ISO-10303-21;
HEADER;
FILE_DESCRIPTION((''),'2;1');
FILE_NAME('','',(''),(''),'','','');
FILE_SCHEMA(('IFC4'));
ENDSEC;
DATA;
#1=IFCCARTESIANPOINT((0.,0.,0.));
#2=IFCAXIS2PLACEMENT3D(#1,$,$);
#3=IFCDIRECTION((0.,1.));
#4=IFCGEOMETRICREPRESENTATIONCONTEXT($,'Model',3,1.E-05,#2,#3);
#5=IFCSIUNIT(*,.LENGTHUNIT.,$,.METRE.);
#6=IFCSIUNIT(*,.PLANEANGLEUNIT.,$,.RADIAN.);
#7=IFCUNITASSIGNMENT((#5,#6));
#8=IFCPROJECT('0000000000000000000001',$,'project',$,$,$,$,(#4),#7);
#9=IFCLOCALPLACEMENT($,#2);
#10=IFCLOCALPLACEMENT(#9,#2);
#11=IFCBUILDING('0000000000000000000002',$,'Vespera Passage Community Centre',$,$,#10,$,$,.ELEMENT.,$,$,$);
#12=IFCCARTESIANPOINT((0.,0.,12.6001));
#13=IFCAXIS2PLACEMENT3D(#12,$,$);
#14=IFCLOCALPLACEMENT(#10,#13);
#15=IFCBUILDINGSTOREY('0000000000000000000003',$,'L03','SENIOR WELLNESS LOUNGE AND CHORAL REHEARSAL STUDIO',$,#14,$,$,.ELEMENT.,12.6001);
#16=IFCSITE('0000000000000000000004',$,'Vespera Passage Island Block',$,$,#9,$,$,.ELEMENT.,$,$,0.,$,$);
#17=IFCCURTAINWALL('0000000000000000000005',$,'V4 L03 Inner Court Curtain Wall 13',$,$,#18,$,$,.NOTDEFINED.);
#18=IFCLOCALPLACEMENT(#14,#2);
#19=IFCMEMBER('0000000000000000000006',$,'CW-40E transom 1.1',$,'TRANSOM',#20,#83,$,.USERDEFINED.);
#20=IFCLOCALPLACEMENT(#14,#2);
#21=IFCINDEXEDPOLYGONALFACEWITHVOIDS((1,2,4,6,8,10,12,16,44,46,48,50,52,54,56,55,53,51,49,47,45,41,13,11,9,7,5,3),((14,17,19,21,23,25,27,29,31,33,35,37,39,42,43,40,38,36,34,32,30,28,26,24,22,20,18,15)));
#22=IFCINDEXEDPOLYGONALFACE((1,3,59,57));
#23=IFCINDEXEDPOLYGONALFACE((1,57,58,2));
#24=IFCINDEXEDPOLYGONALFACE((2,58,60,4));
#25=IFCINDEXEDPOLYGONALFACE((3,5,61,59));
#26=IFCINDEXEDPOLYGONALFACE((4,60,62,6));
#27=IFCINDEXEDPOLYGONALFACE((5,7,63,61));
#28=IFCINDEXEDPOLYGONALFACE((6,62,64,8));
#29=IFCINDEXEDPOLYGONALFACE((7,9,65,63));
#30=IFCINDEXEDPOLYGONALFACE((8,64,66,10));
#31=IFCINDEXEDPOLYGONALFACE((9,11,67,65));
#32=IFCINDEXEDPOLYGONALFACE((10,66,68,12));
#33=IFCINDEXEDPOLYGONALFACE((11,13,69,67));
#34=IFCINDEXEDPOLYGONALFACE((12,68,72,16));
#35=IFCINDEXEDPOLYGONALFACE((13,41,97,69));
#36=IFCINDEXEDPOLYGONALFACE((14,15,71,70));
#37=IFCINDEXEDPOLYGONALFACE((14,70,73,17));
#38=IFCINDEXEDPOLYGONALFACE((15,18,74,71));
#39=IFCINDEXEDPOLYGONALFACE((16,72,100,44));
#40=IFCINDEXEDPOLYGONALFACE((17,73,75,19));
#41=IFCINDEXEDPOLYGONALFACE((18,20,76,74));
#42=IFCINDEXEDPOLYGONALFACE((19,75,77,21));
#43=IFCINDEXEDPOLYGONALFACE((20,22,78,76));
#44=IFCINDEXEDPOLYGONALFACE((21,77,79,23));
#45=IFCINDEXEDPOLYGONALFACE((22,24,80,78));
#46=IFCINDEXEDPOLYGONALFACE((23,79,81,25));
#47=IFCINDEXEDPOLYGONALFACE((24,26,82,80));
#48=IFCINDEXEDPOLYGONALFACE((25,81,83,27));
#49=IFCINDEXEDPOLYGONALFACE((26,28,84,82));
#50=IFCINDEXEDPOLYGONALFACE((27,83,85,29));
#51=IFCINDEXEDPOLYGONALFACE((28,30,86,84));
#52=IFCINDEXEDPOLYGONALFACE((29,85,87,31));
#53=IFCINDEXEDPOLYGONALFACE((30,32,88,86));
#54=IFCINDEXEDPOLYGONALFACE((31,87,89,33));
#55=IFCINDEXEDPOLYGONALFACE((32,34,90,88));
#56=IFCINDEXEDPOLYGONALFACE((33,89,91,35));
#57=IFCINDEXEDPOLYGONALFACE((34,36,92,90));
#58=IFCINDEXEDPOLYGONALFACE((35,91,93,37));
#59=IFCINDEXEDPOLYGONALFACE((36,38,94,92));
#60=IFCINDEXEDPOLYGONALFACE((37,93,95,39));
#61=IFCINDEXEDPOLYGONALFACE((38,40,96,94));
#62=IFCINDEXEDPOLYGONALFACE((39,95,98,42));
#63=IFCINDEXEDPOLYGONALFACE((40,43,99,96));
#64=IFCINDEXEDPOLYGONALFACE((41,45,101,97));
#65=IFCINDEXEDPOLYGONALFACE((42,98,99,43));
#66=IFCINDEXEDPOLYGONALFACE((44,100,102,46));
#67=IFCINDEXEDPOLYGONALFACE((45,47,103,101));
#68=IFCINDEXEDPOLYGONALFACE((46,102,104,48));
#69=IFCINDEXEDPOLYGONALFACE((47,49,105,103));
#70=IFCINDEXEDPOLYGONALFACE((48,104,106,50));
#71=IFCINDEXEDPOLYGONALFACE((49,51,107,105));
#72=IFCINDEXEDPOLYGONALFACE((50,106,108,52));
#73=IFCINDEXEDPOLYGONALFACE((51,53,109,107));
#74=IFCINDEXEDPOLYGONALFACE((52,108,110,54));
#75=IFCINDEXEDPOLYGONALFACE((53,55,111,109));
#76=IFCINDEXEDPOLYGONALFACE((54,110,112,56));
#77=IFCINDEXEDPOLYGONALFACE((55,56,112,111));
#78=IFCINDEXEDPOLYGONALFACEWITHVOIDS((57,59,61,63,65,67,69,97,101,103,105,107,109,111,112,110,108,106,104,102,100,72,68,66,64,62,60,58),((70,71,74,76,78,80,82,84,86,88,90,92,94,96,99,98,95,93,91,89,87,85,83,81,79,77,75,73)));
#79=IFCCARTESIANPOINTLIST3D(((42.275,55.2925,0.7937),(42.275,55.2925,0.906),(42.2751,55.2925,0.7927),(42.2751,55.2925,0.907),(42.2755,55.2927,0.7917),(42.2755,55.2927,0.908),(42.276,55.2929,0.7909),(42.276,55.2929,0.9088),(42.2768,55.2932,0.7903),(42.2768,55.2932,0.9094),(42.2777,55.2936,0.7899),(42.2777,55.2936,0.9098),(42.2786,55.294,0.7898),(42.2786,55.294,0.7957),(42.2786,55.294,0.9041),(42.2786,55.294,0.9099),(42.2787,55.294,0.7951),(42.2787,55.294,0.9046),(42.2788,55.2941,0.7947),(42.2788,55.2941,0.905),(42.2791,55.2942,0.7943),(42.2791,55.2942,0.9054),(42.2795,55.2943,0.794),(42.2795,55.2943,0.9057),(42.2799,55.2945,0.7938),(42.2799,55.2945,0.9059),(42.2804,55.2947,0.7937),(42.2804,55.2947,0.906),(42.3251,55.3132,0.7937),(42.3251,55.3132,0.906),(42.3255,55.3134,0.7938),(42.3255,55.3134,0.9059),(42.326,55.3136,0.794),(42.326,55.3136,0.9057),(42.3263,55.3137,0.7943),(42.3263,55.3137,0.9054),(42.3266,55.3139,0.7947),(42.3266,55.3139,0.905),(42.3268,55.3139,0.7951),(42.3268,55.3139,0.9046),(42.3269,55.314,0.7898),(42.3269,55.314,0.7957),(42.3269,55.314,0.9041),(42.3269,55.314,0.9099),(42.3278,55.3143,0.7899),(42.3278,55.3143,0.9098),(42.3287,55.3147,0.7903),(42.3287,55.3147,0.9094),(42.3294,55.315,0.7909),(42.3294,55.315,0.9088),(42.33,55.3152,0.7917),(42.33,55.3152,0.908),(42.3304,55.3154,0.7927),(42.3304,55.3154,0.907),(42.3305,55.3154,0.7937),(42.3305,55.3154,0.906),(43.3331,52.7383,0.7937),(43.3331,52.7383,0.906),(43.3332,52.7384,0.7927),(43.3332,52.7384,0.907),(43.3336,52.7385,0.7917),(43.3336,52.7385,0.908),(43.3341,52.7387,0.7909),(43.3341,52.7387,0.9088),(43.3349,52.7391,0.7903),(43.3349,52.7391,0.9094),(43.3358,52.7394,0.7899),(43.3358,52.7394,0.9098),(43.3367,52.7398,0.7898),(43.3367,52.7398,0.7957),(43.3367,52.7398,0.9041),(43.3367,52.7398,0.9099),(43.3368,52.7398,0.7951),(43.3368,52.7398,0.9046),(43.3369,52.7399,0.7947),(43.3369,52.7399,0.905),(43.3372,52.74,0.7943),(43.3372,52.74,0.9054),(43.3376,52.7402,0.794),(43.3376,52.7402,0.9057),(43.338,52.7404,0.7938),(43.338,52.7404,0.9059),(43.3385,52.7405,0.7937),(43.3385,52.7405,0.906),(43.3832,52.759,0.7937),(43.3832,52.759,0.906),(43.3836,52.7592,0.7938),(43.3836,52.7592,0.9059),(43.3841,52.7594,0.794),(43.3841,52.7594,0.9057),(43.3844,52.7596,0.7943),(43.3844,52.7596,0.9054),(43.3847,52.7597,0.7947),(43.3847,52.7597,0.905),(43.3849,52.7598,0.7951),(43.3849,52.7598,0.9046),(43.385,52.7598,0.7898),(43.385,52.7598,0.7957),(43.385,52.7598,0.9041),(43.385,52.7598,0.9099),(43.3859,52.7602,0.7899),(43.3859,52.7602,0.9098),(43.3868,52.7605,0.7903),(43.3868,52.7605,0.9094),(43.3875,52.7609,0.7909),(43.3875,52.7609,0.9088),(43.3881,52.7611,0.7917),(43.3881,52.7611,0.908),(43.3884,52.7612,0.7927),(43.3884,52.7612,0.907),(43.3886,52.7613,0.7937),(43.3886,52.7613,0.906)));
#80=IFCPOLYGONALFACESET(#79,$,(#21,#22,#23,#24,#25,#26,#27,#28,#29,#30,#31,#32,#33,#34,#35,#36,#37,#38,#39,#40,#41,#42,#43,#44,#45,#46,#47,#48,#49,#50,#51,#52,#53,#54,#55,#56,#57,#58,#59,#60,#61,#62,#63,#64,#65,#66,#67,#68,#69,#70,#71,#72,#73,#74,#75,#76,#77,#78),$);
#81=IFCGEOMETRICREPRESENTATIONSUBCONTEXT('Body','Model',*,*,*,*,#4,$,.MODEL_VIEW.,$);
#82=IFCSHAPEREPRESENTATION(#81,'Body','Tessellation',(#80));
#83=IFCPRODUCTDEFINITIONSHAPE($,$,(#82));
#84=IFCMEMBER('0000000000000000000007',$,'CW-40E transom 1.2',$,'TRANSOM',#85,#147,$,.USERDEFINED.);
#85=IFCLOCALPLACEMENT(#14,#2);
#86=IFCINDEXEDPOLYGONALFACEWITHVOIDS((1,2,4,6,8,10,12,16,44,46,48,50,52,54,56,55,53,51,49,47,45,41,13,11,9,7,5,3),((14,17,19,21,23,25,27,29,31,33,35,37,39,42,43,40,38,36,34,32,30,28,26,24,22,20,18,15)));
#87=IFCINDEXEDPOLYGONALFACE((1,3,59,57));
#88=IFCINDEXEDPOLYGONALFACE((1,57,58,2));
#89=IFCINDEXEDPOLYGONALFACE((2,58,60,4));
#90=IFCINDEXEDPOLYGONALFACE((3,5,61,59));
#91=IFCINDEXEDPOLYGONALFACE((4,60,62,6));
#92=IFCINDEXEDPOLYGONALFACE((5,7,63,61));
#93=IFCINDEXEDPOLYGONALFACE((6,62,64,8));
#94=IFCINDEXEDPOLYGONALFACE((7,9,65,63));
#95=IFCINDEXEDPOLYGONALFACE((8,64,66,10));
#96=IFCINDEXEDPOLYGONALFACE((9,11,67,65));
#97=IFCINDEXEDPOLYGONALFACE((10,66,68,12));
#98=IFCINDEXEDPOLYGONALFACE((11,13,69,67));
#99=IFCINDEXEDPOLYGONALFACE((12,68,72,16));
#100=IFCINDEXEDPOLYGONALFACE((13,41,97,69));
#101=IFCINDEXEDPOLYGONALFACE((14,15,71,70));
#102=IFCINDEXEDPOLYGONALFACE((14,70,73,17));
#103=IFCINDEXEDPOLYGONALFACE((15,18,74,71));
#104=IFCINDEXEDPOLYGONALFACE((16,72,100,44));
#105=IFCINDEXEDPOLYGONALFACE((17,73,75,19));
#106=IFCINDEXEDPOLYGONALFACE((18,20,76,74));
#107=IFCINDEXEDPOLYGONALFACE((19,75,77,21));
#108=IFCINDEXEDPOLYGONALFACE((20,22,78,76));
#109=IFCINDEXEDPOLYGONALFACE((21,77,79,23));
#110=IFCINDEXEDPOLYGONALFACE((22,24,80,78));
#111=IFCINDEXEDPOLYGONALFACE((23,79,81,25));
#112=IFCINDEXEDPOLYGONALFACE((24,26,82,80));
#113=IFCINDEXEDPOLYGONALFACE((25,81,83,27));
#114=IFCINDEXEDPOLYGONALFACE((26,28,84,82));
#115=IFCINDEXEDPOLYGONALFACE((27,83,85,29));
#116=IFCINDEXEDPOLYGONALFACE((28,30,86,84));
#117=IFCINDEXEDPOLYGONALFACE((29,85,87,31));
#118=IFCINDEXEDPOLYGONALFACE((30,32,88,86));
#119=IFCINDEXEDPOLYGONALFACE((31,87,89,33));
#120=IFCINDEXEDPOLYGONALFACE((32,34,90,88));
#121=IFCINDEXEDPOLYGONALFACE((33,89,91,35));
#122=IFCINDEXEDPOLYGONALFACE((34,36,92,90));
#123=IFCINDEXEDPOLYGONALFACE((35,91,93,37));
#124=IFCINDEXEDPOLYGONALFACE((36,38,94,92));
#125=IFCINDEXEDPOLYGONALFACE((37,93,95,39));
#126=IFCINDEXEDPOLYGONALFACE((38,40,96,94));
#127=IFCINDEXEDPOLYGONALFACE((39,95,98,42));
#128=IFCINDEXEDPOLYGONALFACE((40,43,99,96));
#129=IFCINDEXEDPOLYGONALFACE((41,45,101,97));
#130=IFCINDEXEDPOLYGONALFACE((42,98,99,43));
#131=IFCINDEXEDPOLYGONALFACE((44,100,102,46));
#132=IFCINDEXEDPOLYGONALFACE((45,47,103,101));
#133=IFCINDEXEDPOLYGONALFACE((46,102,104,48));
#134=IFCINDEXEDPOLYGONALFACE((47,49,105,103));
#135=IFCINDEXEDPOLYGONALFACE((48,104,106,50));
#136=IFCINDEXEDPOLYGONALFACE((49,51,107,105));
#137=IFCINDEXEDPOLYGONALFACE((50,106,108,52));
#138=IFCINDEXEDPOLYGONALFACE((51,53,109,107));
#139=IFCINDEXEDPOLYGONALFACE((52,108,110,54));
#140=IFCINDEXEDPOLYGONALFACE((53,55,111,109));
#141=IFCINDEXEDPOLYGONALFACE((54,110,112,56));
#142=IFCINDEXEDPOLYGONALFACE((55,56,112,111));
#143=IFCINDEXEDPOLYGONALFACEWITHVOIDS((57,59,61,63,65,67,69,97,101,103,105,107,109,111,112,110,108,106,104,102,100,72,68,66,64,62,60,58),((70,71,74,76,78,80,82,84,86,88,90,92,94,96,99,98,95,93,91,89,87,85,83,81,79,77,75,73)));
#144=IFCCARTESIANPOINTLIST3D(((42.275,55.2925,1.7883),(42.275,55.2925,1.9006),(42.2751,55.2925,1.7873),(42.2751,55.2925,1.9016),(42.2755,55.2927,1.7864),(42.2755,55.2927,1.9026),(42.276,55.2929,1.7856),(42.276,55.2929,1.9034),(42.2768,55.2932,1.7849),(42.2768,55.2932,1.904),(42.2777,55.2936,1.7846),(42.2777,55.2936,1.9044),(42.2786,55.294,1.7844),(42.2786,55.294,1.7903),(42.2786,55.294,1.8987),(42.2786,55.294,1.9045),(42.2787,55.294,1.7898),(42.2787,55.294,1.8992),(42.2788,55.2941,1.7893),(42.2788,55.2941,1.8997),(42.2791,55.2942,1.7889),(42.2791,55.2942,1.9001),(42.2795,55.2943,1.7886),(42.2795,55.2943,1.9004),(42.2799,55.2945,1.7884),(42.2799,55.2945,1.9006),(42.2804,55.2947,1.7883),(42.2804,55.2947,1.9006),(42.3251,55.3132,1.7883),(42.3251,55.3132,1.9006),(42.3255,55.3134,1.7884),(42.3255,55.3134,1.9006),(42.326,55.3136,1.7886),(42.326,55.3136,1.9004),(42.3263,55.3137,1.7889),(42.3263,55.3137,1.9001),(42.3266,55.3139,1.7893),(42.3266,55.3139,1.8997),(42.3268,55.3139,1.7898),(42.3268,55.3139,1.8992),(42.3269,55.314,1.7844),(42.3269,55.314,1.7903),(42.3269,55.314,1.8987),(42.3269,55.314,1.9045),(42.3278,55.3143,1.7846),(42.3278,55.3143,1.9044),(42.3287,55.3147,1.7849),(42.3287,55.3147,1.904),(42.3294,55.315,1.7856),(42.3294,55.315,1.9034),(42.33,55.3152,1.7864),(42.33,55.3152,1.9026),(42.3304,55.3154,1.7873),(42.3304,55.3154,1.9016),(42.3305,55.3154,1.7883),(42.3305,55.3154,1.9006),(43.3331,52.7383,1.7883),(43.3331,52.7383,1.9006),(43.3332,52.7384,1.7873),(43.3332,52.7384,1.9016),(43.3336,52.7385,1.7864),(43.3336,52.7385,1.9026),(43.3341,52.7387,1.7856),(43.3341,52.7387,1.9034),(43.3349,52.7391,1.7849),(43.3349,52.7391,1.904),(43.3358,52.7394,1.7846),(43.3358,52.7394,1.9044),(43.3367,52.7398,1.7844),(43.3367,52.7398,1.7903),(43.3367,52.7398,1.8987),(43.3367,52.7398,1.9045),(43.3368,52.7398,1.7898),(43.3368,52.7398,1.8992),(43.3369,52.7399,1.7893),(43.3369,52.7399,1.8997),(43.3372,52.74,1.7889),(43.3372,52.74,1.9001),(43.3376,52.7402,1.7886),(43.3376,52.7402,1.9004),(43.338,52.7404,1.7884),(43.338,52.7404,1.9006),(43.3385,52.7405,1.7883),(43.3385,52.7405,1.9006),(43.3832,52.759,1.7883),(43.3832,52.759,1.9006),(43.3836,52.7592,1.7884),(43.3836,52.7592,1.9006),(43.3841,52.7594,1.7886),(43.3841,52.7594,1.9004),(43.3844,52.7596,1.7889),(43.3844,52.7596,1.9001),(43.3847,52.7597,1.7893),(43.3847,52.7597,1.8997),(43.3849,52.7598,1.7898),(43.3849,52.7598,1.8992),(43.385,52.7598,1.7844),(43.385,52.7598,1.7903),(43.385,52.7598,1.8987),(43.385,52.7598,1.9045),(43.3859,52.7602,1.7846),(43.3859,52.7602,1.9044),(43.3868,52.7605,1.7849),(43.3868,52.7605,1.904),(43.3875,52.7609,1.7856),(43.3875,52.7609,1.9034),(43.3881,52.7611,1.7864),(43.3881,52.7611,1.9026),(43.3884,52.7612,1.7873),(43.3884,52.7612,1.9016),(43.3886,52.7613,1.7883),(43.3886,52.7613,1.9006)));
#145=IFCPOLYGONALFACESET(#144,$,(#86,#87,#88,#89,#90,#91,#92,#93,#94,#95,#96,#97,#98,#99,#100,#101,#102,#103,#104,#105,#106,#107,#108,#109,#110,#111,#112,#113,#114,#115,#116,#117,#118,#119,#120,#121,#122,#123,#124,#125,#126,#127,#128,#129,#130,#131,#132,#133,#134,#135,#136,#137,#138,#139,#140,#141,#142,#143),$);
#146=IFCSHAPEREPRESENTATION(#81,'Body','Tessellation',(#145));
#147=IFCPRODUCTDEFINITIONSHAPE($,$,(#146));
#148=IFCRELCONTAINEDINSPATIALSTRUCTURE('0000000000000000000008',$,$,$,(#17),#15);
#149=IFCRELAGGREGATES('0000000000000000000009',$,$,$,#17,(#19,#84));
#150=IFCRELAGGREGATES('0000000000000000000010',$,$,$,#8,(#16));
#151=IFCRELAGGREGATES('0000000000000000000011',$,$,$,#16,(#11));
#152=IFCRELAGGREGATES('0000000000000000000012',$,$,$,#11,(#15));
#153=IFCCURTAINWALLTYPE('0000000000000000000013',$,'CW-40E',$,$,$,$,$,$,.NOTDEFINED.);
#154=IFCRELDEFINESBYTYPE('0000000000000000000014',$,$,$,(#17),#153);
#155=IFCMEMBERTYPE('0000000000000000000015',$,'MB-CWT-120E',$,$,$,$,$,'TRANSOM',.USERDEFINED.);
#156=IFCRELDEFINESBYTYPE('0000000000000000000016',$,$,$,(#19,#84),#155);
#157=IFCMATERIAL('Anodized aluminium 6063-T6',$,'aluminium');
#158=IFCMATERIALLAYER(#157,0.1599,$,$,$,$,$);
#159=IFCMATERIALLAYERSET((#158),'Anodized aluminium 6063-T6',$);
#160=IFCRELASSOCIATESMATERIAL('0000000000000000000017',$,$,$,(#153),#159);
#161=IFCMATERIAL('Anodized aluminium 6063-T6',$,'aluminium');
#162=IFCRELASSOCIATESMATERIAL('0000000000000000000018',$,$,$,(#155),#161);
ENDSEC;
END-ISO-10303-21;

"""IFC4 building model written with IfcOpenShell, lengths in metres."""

from ifc_helpers import new_model, si_unit, direction, frame, origin, origin_2d, place, context, subcontext, project, spatial, hollow_rectangle, extrude, material, layer, layer_set, material_profile, profile_set, type_object, element, aggregate, save


model = new_model("IFC4")

# Units and contexts
model_context = context("Model", 3, precision=1e-05, world=origin(), true_north=direction((0.0, 1.0)))
body_context = subcontext(model_context, "Body", "Model", "MODEL_VIEW")
ifc_project = project(units=[si_unit("LENGTHUNIT", "METRE"), si_unit("PLANEANGLEUNIT", "RADIAN")], contexts=[model_context])

# Site, building, storey
site_placement = place(None, origin())
site = spatial("IfcSite", under=ifc_project, at=site_placement, Name="Vespera Passage Island Block", CompositionType="ELEMENT", RefElevation=0.0)
building_placement = place(site_placement, origin())
building = spatial("IfcBuilding", under=site, at=building_placement, Name="Vespera Passage Community Centre", CompositionType="ELEMENT")
storey_placement = place(building_placement, frame((0.0, 0.0, 12.6001)))
storey = spatial("IfcBuildingStorey", under=building, at=storey_placement, Name="L03", Description="SENIOR WELLNESS LOUNGE AND CHORAL REHEARSAL STUDIO", CompositionType="ELEMENT", Elevation=12.6001)

# Curtain wall
ifc_material_1 = material(Name="Anodized aluminium 6063-T6", Category="aluminium")
ifc_layer_1 = layer(ifc_material_1, 0.1599)
ifc_layer_set_1 = layer_set([ifc_layer_1], Name="Anodized aluminium 6063-T6")
curtain_wall_type_1 = type_object("IfcCurtainWallType", Name="CW-40E", PredefinedType="NOTDEFINED", material=ifc_layer_set_1)
curtain_wall_1_placement = place(storey_placement, origin())
curtain_wall_1 = element("IfcCurtainWall", 1, at=curtain_wall_1_placement, inside=storey, type_object=curtain_wall_type_1, Name="V4 L03 Inner Court Curtain Wall 13", PredefinedType="NOTDEFINED")

# Members
ifc_material_2 = material(Name="Anodized aluminium 6063-T6", Category="aluminium")
ifc_material_profile_1 = material_profile(ifc_material_2, hollow_rectangle(XDim=0.0601, YDim=0.1201, WallThickness=0.0039, InnerFilletRadius=0.002, OuterFilletRadius=0.0039, at=origin_2d()), Name="ALU120X60X4")
ifc_profile_set_1 = profile_set([ifc_material_profile_1], Name="Anodized aluminium 6063-T6")
member_type_1 = type_object("IfcMemberType", Name="MB-CWT-120E", ElementType="TRANSOM", PredefinedType="USERDEFINED", material=ifc_profile_set_1)
member_1_placement = place(storey_placement, frame((42.3027, 55.304, 0.8499), z_axis=(0.382721, -0.923864, 0.0), x_axis=(0.923864, 0.382721, 0.0)))
member_1 = element("IfcMember", 2, at=member_1_placement, type_object=member_type_1, Name="CW-40E transom 1.1", ObjectType="TRANSOM", PredefinedType="USERDEFINED", context=body_context, shape_type="SweptSolid", body=[
    extrude(hollow_rectangle(XDim=0.0601, YDim=0.1201, WallThickness=0.0039, InnerFilletRadius=0.002, OuterFilletRadius=0.0039, at=origin_2d()), origin(), (0.0, 0.0, 1.0), 2.7646),
])
member_2_placement = place(storey_placement, frame((42.3027, 55.304, 1.8445), z_axis=(0.382721, -0.923864, 0.0), x_axis=(0.923864, 0.382721, 0.0)))
member_2 = element("IfcMember", 3, at=member_2_placement, type_object=member_type_1, Name="CW-40E transom 1.2", ObjectType="TRANSOM", PredefinedType="USERDEFINED", context=body_context, shape_type="SweptSolid", body=[
    extrude(hollow_rectangle(XDim=0.0601, YDim=0.1201, WallThickness=0.0039, InnerFilletRadius=0.002, OuterFilletRadius=0.0039, at=origin_2d()), origin(), (0.0, 0.0, 1.0), 2.7646),
])

aggregate(curtain_wall_1, [member_1, member_2])

save(model, "model.ifc")
